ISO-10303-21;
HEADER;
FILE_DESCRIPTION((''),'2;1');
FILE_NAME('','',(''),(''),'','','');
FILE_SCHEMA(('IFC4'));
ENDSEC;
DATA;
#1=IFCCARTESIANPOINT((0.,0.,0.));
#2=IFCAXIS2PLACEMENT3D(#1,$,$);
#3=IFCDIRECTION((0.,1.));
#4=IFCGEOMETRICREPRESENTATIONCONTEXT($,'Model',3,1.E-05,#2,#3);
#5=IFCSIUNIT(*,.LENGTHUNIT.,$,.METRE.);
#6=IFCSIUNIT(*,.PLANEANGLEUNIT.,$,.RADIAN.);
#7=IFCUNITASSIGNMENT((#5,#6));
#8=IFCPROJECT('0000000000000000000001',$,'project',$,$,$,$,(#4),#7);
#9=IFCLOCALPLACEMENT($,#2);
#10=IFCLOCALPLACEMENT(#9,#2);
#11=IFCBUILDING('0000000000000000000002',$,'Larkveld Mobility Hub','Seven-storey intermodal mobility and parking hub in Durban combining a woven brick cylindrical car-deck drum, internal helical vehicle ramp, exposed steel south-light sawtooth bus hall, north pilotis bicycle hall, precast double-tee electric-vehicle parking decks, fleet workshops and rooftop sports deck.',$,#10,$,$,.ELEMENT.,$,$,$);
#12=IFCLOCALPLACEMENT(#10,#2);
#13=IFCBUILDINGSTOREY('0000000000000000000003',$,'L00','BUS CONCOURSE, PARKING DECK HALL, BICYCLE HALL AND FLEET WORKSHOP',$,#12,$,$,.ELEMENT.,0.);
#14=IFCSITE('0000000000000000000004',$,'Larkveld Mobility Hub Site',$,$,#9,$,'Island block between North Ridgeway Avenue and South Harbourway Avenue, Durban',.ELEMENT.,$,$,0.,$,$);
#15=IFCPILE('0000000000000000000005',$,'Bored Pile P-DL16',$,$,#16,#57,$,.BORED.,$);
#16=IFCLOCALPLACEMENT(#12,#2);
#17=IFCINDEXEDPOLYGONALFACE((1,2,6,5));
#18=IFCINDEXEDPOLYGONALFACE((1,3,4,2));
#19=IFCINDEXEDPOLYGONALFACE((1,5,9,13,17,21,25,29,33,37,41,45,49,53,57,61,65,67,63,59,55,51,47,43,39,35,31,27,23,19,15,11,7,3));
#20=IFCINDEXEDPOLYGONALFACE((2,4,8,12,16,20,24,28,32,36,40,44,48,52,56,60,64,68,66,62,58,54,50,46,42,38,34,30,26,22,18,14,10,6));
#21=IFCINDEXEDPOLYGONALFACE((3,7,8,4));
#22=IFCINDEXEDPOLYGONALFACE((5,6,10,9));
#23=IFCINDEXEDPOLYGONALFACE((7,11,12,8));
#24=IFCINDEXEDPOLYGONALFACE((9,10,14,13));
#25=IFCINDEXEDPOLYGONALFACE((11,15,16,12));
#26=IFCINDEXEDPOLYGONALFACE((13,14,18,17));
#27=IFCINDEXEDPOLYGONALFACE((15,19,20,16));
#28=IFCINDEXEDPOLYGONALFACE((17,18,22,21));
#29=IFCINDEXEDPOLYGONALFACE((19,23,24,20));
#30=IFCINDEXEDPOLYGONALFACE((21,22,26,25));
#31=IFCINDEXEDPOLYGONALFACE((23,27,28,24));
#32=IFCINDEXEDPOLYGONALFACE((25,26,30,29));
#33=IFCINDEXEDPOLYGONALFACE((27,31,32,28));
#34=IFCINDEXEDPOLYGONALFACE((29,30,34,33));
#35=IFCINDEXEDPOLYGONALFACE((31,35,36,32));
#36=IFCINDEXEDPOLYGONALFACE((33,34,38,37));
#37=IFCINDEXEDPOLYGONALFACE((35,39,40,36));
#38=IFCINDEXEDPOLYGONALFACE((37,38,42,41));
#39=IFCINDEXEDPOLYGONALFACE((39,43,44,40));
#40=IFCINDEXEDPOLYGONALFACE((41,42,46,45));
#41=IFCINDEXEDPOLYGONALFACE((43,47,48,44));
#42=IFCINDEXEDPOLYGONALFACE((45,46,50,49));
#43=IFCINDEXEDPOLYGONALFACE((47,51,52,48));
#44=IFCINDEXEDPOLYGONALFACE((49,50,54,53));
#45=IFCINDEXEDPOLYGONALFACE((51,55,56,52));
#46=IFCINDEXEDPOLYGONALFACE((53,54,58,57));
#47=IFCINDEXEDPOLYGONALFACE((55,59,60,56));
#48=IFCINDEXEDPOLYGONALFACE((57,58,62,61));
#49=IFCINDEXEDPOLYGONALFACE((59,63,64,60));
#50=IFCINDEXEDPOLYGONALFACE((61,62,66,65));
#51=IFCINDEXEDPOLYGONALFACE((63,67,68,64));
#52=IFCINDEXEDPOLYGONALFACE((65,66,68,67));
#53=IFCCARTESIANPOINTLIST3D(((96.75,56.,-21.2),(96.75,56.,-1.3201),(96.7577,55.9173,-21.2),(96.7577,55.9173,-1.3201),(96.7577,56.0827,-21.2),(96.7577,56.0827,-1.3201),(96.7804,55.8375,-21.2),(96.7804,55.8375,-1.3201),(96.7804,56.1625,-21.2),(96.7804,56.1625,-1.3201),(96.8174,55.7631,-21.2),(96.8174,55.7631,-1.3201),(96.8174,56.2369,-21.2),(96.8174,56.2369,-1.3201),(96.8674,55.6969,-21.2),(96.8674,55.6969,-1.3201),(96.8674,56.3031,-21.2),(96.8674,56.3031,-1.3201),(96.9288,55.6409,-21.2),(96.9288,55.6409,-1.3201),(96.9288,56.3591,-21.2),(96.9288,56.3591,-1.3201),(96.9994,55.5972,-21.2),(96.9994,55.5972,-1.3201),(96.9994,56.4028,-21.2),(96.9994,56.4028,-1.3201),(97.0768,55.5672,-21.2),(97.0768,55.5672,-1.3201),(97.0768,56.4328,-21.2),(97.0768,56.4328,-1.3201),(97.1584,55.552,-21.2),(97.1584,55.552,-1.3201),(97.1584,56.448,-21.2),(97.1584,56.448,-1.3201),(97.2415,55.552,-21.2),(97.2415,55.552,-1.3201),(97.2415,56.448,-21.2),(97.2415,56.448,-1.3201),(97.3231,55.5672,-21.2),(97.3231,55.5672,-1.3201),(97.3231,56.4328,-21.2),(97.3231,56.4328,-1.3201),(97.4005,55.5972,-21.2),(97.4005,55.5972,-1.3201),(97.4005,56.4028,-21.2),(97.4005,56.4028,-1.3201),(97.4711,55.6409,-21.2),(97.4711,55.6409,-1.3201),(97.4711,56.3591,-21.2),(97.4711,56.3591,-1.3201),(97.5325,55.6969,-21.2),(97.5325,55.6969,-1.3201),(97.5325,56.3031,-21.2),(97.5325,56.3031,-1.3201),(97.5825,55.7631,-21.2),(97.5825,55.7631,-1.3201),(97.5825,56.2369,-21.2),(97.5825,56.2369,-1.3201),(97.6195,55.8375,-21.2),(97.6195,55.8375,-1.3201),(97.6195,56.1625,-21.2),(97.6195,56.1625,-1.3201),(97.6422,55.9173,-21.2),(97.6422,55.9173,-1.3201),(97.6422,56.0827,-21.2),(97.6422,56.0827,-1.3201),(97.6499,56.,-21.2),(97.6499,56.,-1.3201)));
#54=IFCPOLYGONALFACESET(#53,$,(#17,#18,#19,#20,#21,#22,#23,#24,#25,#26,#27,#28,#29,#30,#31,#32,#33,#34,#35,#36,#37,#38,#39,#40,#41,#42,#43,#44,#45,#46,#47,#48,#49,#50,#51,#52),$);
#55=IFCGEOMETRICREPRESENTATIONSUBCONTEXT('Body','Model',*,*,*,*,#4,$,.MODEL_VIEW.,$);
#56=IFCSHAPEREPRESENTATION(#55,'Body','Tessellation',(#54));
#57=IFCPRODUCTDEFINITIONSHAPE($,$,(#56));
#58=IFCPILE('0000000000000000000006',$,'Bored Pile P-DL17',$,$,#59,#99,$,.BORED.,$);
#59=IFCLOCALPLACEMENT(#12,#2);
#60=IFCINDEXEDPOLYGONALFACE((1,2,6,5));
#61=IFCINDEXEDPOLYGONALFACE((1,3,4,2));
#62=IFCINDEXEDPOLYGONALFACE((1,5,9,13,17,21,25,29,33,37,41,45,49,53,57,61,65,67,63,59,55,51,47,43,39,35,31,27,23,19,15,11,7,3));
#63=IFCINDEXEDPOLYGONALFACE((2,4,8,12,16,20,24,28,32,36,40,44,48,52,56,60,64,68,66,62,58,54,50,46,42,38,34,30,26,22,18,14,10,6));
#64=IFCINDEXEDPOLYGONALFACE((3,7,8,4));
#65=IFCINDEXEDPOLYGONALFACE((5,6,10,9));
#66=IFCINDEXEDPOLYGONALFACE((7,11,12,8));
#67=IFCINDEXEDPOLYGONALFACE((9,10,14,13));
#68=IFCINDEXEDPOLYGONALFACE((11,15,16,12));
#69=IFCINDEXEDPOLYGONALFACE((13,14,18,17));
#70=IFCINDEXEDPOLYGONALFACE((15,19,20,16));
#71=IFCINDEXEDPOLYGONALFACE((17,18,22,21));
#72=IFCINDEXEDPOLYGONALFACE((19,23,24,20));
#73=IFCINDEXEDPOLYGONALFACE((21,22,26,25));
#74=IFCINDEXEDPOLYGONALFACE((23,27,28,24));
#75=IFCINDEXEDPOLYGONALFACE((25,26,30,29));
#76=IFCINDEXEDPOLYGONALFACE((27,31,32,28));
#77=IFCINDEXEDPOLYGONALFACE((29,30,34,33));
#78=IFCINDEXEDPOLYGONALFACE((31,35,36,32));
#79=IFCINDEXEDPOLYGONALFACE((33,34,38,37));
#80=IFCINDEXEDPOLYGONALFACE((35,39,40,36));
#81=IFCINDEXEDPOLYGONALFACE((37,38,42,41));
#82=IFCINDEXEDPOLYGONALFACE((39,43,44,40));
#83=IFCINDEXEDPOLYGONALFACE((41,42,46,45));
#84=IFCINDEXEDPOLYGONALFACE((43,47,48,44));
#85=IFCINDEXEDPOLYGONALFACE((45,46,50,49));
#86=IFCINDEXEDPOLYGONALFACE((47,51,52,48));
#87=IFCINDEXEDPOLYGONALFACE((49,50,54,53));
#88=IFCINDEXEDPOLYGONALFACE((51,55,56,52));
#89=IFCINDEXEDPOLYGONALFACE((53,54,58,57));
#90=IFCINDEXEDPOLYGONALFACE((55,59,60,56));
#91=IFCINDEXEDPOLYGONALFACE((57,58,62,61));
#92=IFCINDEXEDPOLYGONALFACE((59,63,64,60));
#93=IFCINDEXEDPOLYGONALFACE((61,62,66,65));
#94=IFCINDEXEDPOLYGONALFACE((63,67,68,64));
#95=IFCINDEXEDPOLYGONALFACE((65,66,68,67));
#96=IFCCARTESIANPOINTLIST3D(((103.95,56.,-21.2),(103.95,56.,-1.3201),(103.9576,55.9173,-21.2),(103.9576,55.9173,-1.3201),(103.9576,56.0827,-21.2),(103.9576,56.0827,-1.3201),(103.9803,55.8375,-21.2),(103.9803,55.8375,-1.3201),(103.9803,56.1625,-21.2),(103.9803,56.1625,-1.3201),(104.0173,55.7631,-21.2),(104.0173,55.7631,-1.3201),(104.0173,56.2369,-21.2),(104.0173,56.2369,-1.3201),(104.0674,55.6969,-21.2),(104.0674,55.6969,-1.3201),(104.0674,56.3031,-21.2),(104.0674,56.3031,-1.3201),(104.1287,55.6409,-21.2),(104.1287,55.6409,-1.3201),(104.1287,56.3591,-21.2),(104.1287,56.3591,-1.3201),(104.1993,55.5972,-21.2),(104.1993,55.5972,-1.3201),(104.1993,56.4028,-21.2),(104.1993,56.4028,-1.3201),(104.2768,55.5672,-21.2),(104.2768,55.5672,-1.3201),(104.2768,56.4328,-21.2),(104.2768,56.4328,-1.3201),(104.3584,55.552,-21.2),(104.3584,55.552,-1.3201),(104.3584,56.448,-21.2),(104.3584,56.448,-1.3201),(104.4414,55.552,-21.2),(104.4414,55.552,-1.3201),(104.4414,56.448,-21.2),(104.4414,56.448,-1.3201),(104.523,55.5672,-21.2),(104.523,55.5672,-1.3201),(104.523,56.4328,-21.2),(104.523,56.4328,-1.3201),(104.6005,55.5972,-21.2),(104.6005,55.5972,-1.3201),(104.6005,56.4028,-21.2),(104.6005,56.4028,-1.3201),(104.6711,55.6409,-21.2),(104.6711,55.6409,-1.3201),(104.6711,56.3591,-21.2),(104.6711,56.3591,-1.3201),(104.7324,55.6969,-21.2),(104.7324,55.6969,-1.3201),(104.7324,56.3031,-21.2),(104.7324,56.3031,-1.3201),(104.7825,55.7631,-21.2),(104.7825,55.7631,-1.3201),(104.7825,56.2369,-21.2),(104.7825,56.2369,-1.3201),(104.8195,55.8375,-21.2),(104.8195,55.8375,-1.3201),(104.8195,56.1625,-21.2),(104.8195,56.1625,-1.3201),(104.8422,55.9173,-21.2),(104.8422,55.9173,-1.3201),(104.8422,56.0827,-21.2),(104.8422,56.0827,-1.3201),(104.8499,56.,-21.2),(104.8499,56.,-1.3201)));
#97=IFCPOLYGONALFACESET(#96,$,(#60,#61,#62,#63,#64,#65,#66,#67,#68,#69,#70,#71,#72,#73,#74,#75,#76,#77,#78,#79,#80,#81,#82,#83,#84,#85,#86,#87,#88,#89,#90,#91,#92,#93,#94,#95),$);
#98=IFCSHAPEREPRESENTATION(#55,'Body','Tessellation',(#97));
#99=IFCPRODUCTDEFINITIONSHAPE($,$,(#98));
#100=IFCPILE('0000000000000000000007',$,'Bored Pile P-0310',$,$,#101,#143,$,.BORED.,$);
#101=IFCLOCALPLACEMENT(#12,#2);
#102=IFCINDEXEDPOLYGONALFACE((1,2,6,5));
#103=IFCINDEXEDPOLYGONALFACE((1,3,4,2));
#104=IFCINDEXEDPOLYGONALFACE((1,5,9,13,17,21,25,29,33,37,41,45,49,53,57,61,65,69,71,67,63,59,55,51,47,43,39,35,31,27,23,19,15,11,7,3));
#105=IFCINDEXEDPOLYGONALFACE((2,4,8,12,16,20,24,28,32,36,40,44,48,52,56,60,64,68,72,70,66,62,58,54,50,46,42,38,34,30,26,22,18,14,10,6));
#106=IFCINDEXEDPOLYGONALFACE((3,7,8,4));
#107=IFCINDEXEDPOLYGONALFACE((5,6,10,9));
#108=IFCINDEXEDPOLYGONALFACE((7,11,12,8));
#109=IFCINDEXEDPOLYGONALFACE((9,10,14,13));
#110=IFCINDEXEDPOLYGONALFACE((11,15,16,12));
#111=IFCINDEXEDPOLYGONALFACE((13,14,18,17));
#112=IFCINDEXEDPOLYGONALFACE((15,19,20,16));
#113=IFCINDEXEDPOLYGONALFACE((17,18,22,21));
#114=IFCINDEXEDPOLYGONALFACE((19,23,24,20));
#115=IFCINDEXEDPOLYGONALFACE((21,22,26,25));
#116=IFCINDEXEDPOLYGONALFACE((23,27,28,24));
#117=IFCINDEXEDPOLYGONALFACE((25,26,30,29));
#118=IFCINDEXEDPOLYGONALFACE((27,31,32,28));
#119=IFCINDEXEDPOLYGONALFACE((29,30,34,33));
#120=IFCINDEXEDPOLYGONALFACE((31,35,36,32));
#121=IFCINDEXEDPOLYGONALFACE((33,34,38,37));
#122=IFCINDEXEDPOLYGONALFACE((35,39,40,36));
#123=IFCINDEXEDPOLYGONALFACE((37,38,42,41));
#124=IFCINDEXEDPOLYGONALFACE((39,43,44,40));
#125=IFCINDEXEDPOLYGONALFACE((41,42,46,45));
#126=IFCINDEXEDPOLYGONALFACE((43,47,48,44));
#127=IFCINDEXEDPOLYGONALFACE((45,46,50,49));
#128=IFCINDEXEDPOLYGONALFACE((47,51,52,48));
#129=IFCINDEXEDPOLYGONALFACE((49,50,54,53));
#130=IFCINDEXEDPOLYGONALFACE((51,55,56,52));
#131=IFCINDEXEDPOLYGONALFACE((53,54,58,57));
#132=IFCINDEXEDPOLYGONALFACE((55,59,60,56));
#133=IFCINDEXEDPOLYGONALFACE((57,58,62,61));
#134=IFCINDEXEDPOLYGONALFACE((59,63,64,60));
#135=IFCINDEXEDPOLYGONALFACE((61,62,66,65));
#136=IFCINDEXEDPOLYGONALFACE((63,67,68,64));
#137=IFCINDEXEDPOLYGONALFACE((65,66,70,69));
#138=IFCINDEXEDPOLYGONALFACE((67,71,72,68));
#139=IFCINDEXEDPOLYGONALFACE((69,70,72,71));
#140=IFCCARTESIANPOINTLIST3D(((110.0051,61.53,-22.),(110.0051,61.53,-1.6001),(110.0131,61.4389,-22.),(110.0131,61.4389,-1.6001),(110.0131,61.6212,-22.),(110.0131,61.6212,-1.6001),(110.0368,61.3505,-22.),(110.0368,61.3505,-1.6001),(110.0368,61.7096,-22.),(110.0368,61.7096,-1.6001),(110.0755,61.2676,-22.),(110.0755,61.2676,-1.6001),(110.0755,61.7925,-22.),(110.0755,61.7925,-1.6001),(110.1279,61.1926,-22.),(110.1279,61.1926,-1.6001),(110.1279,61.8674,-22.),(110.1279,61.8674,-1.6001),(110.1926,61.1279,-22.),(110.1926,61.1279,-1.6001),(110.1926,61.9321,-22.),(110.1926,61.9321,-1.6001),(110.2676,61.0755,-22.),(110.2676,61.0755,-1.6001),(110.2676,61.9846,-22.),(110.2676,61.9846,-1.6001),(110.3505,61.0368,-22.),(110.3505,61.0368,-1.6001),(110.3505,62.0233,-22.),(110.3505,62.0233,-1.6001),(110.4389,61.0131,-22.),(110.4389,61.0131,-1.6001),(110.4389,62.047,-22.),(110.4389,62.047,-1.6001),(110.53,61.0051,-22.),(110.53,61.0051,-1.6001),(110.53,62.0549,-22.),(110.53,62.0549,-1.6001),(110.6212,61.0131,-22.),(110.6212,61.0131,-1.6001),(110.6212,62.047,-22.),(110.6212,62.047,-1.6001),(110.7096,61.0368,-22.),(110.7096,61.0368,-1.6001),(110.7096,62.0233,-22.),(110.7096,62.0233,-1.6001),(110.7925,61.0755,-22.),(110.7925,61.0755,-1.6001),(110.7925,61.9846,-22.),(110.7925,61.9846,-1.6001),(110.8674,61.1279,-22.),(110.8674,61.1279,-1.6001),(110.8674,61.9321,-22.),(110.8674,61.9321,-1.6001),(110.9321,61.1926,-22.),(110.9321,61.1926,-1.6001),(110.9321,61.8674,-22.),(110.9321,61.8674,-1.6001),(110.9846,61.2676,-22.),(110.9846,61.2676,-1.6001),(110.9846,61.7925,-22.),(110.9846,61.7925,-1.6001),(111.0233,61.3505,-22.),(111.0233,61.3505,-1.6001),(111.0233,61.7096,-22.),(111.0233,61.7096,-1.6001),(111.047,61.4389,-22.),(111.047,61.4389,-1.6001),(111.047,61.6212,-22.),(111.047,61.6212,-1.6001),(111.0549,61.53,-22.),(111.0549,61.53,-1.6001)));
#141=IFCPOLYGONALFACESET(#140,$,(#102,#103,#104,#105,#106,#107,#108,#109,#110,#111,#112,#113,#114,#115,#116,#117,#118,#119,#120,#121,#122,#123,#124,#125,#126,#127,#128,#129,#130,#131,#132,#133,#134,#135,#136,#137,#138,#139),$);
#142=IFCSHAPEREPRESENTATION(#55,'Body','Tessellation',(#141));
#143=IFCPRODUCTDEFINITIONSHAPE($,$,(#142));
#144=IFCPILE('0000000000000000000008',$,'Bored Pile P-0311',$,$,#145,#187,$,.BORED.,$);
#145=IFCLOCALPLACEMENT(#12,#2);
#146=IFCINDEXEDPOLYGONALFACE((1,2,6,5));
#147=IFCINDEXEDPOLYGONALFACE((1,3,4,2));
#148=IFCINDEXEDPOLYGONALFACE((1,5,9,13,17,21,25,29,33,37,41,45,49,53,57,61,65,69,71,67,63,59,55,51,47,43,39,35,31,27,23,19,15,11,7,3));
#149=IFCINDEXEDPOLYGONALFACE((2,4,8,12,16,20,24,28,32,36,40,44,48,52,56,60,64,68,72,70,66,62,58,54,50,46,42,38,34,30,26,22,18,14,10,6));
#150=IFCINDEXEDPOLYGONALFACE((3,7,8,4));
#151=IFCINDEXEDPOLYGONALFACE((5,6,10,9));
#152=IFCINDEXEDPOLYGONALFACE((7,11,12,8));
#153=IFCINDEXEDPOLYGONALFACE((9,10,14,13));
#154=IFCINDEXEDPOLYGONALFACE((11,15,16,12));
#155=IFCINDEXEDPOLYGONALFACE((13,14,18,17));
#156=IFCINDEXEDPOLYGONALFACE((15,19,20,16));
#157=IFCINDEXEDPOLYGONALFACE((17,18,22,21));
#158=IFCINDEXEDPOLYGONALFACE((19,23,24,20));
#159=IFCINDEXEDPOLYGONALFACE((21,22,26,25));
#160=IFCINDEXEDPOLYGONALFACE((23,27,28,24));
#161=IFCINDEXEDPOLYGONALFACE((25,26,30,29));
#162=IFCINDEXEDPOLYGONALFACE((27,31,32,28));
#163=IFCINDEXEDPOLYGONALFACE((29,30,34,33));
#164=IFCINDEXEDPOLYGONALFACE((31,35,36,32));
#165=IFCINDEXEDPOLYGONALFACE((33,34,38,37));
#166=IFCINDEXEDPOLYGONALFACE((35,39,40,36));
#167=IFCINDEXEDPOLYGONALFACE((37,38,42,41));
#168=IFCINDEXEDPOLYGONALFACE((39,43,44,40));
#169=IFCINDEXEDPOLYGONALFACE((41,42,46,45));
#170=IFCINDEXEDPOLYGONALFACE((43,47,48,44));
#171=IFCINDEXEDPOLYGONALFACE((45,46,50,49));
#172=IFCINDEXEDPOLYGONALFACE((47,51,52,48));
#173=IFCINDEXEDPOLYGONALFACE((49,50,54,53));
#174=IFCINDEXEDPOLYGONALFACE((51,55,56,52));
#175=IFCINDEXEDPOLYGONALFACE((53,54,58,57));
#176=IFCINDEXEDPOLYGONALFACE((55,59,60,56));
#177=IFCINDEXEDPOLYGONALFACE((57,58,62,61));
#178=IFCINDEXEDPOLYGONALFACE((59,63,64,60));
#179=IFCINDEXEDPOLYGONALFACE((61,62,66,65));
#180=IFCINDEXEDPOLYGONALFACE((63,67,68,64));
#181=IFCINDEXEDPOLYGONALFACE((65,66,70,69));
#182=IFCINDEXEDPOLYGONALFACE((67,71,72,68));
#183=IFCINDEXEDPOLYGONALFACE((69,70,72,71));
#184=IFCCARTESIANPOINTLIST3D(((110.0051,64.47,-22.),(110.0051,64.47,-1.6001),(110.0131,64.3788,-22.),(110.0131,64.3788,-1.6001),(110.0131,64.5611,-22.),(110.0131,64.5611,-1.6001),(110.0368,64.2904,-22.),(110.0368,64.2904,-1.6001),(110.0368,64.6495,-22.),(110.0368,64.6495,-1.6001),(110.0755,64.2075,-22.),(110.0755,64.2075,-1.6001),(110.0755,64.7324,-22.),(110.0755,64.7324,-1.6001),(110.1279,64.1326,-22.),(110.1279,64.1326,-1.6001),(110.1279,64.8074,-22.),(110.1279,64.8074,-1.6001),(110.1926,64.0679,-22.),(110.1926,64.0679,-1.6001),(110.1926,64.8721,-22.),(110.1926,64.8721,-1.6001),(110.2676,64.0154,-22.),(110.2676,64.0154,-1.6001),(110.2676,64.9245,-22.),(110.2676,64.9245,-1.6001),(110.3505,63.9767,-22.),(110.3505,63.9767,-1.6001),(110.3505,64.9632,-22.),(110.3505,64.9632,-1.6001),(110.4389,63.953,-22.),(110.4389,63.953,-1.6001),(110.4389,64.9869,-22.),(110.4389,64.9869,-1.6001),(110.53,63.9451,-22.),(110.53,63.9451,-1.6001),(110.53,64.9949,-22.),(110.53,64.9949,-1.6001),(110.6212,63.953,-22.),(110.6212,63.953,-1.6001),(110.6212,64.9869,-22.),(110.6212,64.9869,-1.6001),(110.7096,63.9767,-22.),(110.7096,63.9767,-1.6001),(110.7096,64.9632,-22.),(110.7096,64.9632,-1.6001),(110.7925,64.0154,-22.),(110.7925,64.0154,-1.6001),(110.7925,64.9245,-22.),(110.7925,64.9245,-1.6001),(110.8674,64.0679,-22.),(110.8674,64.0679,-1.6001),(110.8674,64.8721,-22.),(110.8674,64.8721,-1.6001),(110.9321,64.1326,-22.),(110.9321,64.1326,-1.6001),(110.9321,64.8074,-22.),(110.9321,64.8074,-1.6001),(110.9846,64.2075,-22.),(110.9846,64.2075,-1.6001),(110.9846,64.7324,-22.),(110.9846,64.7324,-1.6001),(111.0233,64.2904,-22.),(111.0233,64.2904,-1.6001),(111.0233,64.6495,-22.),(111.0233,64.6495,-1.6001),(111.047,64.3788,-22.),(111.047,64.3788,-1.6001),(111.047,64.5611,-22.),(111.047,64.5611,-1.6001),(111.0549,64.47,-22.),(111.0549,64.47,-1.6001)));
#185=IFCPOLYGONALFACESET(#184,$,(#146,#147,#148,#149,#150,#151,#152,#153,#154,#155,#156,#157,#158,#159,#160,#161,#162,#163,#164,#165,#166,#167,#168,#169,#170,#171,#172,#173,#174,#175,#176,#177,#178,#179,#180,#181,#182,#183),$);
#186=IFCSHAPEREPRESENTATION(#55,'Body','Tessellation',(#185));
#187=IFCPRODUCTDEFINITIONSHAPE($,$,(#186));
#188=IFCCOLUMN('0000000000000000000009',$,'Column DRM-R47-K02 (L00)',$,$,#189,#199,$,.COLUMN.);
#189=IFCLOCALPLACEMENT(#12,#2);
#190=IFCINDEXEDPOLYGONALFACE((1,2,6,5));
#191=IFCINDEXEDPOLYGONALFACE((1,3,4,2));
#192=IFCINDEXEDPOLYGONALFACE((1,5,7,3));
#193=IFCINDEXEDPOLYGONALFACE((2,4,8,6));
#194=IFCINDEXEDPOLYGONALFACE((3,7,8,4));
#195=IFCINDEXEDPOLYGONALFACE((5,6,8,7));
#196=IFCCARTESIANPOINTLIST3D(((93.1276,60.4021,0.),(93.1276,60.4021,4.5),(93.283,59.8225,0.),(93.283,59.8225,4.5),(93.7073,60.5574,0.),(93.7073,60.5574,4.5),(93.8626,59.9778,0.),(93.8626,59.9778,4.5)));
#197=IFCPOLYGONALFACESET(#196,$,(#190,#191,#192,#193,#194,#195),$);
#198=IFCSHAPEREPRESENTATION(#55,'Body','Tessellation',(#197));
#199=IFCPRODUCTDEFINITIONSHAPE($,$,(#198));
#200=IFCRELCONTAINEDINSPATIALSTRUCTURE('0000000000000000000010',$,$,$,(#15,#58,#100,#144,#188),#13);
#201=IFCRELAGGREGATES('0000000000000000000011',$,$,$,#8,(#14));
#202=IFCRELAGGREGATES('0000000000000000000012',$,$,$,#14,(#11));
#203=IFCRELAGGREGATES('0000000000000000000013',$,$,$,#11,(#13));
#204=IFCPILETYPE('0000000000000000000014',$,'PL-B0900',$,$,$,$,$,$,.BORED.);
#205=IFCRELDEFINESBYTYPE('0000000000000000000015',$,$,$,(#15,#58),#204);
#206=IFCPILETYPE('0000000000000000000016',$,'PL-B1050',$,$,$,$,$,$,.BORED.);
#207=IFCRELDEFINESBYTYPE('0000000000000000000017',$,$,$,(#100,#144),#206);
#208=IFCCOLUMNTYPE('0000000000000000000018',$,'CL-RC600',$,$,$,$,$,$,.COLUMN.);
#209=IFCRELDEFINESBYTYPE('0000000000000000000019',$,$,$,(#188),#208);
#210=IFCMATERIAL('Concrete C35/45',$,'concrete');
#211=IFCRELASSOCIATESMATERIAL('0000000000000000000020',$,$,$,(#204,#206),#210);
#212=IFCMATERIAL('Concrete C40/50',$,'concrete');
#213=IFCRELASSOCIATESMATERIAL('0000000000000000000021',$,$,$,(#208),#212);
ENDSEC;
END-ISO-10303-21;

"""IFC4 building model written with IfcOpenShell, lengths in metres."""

from ifc_helpers import new_model, si_unit, direction, frame, origin, origin_2d, place, context, subcontext, project, spatial, rectangle, circle, extrude, material, material_profile, profile_set, type_object, element, save


model = new_model("IFC4")

# Units and contexts
model_context = context("Model", 3, precision=1e-05, world=origin(), true_north=direction((0.0, 1.0)))
body_context = subcontext(model_context, "Body", "Model", "MODEL_VIEW")
ifc_project = project(units=[si_unit("LENGTHUNIT", "METRE"), si_unit("PLANEANGLEUNIT", "RADIAN")], contexts=[model_context])

# Site, building, storey
site_placement = place(None, origin())
site = spatial("IfcSite", under=ifc_project, at=site_placement, Name="Larkveld Mobility Hub Site", LongName="Island block between North Ridgeway Avenue and South Harbourway Avenue, Durban", CompositionType="ELEMENT", RefElevation=0.0)
building_placement = place(site_placement, origin())
building = spatial("IfcBuilding", under=site, at=building_placement, Name="Larkveld Mobility Hub", Description="Seven-storey intermodal mobility and parking hub in Durban combining a woven brick cylindrical car-deck drum, internal helical vehicle ramp, exposed steel south-light sawtooth bus hall, north pilotis bicycle hall, precast double-tee electric-vehicle parking decks, fleet workshops and rooftop sports deck.", CompositionType="ELEMENT")
storey_placement = place(building_placement, origin())
storey = spatial("IfcBuildingStorey", under=building, at=storey_placement, Name="L00", Description="BUS CONCOURSE, PARKING DECK HALL, BICYCLE HALL AND FLEET WORKSHOP", CompositionType="ELEMENT", Elevation=0.0)

# Shared definitions
ifc_material_1 = material(Name="Concrete C35/45", Category="concrete")

# Piles
ifc_material_profile_1 = material_profile(ifc_material_1, circle(Radius=0.45, at=origin_2d()), Name="PILE D900")
ifc_profile_set_1 = profile_set([ifc_material_profile_1], Name="Concrete C35/45")
pile_type_1 = type_object("IfcPileType", Name="PL-B0900", PredefinedType="BORED", material=ifc_profile_set_1)
for number, where, z_axis, x_axis, name in (
    (1, (97.2, 56.0, -1.3201), (0.0, 0.0, -1.0), (1.0, 0.0, 0.0), "Bored Pile P-DL16"),
    (2, (104.3999, 56.0, -1.3201), (0.0, 0.0, -1.0), (1.0, 0.0, 0.0), "Bored Pile P-DL17"),
):
    element("IfcPile", number, at=place(storey_placement, frame(where, z_axis=z_axis, x_axis=x_axis)), inside=storey, type_object=pile_type_1, Name=name, PredefinedType="BORED", context=body_context, shape_type="SweptSolid", body=[
        extrude(circle(Radius=0.45, at=origin_2d()), origin(), (0.0, 0.0, 1.0), 19.8799),
    ])
ifc_material_profile_2 = material_profile(ifc_material_1, circle(Radius=0.5249, at=origin_2d()), Name="PILE D1050")
ifc_profile_set_2 = profile_set([ifc_material_profile_2], Name="Concrete C35/45")
pile_type_2 = type_object("IfcPileType", Name="PL-B1050", PredefinedType="BORED", material=ifc_profile_set_2)
for number, where, z_axis, x_axis, name in (
    (3, (110.53, 61.53, -1.6001), (0.0, 0.0, -1.0), (1.0, 0.0, 0.0), "Bored Pile P-0310"),
    (4, (110.53, 64.47, -1.6001), (0.0, 0.0, -1.0), (1.0, 0.0, 0.0), "Bored Pile P-0311"),
):
    element("IfcPile", number, at=place(storey_placement, frame(where, z_axis=z_axis, x_axis=x_axis)), inside=storey, type_object=pile_type_2, Name=name, PredefinedType="BORED", context=body_context, shape_type="SweptSolid", body=[
        extrude(circle(Radius=0.5249, at=origin_2d()), origin(), (0.0, 0.0, 1.0), 20.3999),
    ])

# Column
ifc_material_2 = material(Name="Concrete C40/50", Category="concrete")
ifc_material_profile_3 = material_profile(ifc_material_2, rectangle(XDim=0.6001, YDim=0.6001, at=origin_2d()), Name="RC COL 600x600")
ifc_profile_set_3 = profile_set([ifc_material_profile_3], Name="Concrete C40/50")
column_type = type_object("IfcColumnType", Name="CL-RC600", PredefinedType="COLUMN", material=ifc_profile_set_3)
for number, where, z_axis, x_axis, name in (
    (5, (93.4951, 60.1899, 0.0), (0.0, 0.0, 1.0), (0.965926, 0.258819, 0.0), "Column DRM-R47-K02 (L00)"),
):
    element("IfcColumn", number, at=place(storey_placement, frame(where, z_axis=z_axis, x_axis=x_axis)), inside=storey, type_object=column_type, Name=name, PredefinedType="COLUMN", context=body_context, shape_type="SweptSolid", body=[
        extrude(rectangle(XDim=0.6001, YDim=0.6001, at=origin_2d()), origin(), (0.0, 0.0, 1.0), 4.5),
    ])

save(model, "model.ifc")
